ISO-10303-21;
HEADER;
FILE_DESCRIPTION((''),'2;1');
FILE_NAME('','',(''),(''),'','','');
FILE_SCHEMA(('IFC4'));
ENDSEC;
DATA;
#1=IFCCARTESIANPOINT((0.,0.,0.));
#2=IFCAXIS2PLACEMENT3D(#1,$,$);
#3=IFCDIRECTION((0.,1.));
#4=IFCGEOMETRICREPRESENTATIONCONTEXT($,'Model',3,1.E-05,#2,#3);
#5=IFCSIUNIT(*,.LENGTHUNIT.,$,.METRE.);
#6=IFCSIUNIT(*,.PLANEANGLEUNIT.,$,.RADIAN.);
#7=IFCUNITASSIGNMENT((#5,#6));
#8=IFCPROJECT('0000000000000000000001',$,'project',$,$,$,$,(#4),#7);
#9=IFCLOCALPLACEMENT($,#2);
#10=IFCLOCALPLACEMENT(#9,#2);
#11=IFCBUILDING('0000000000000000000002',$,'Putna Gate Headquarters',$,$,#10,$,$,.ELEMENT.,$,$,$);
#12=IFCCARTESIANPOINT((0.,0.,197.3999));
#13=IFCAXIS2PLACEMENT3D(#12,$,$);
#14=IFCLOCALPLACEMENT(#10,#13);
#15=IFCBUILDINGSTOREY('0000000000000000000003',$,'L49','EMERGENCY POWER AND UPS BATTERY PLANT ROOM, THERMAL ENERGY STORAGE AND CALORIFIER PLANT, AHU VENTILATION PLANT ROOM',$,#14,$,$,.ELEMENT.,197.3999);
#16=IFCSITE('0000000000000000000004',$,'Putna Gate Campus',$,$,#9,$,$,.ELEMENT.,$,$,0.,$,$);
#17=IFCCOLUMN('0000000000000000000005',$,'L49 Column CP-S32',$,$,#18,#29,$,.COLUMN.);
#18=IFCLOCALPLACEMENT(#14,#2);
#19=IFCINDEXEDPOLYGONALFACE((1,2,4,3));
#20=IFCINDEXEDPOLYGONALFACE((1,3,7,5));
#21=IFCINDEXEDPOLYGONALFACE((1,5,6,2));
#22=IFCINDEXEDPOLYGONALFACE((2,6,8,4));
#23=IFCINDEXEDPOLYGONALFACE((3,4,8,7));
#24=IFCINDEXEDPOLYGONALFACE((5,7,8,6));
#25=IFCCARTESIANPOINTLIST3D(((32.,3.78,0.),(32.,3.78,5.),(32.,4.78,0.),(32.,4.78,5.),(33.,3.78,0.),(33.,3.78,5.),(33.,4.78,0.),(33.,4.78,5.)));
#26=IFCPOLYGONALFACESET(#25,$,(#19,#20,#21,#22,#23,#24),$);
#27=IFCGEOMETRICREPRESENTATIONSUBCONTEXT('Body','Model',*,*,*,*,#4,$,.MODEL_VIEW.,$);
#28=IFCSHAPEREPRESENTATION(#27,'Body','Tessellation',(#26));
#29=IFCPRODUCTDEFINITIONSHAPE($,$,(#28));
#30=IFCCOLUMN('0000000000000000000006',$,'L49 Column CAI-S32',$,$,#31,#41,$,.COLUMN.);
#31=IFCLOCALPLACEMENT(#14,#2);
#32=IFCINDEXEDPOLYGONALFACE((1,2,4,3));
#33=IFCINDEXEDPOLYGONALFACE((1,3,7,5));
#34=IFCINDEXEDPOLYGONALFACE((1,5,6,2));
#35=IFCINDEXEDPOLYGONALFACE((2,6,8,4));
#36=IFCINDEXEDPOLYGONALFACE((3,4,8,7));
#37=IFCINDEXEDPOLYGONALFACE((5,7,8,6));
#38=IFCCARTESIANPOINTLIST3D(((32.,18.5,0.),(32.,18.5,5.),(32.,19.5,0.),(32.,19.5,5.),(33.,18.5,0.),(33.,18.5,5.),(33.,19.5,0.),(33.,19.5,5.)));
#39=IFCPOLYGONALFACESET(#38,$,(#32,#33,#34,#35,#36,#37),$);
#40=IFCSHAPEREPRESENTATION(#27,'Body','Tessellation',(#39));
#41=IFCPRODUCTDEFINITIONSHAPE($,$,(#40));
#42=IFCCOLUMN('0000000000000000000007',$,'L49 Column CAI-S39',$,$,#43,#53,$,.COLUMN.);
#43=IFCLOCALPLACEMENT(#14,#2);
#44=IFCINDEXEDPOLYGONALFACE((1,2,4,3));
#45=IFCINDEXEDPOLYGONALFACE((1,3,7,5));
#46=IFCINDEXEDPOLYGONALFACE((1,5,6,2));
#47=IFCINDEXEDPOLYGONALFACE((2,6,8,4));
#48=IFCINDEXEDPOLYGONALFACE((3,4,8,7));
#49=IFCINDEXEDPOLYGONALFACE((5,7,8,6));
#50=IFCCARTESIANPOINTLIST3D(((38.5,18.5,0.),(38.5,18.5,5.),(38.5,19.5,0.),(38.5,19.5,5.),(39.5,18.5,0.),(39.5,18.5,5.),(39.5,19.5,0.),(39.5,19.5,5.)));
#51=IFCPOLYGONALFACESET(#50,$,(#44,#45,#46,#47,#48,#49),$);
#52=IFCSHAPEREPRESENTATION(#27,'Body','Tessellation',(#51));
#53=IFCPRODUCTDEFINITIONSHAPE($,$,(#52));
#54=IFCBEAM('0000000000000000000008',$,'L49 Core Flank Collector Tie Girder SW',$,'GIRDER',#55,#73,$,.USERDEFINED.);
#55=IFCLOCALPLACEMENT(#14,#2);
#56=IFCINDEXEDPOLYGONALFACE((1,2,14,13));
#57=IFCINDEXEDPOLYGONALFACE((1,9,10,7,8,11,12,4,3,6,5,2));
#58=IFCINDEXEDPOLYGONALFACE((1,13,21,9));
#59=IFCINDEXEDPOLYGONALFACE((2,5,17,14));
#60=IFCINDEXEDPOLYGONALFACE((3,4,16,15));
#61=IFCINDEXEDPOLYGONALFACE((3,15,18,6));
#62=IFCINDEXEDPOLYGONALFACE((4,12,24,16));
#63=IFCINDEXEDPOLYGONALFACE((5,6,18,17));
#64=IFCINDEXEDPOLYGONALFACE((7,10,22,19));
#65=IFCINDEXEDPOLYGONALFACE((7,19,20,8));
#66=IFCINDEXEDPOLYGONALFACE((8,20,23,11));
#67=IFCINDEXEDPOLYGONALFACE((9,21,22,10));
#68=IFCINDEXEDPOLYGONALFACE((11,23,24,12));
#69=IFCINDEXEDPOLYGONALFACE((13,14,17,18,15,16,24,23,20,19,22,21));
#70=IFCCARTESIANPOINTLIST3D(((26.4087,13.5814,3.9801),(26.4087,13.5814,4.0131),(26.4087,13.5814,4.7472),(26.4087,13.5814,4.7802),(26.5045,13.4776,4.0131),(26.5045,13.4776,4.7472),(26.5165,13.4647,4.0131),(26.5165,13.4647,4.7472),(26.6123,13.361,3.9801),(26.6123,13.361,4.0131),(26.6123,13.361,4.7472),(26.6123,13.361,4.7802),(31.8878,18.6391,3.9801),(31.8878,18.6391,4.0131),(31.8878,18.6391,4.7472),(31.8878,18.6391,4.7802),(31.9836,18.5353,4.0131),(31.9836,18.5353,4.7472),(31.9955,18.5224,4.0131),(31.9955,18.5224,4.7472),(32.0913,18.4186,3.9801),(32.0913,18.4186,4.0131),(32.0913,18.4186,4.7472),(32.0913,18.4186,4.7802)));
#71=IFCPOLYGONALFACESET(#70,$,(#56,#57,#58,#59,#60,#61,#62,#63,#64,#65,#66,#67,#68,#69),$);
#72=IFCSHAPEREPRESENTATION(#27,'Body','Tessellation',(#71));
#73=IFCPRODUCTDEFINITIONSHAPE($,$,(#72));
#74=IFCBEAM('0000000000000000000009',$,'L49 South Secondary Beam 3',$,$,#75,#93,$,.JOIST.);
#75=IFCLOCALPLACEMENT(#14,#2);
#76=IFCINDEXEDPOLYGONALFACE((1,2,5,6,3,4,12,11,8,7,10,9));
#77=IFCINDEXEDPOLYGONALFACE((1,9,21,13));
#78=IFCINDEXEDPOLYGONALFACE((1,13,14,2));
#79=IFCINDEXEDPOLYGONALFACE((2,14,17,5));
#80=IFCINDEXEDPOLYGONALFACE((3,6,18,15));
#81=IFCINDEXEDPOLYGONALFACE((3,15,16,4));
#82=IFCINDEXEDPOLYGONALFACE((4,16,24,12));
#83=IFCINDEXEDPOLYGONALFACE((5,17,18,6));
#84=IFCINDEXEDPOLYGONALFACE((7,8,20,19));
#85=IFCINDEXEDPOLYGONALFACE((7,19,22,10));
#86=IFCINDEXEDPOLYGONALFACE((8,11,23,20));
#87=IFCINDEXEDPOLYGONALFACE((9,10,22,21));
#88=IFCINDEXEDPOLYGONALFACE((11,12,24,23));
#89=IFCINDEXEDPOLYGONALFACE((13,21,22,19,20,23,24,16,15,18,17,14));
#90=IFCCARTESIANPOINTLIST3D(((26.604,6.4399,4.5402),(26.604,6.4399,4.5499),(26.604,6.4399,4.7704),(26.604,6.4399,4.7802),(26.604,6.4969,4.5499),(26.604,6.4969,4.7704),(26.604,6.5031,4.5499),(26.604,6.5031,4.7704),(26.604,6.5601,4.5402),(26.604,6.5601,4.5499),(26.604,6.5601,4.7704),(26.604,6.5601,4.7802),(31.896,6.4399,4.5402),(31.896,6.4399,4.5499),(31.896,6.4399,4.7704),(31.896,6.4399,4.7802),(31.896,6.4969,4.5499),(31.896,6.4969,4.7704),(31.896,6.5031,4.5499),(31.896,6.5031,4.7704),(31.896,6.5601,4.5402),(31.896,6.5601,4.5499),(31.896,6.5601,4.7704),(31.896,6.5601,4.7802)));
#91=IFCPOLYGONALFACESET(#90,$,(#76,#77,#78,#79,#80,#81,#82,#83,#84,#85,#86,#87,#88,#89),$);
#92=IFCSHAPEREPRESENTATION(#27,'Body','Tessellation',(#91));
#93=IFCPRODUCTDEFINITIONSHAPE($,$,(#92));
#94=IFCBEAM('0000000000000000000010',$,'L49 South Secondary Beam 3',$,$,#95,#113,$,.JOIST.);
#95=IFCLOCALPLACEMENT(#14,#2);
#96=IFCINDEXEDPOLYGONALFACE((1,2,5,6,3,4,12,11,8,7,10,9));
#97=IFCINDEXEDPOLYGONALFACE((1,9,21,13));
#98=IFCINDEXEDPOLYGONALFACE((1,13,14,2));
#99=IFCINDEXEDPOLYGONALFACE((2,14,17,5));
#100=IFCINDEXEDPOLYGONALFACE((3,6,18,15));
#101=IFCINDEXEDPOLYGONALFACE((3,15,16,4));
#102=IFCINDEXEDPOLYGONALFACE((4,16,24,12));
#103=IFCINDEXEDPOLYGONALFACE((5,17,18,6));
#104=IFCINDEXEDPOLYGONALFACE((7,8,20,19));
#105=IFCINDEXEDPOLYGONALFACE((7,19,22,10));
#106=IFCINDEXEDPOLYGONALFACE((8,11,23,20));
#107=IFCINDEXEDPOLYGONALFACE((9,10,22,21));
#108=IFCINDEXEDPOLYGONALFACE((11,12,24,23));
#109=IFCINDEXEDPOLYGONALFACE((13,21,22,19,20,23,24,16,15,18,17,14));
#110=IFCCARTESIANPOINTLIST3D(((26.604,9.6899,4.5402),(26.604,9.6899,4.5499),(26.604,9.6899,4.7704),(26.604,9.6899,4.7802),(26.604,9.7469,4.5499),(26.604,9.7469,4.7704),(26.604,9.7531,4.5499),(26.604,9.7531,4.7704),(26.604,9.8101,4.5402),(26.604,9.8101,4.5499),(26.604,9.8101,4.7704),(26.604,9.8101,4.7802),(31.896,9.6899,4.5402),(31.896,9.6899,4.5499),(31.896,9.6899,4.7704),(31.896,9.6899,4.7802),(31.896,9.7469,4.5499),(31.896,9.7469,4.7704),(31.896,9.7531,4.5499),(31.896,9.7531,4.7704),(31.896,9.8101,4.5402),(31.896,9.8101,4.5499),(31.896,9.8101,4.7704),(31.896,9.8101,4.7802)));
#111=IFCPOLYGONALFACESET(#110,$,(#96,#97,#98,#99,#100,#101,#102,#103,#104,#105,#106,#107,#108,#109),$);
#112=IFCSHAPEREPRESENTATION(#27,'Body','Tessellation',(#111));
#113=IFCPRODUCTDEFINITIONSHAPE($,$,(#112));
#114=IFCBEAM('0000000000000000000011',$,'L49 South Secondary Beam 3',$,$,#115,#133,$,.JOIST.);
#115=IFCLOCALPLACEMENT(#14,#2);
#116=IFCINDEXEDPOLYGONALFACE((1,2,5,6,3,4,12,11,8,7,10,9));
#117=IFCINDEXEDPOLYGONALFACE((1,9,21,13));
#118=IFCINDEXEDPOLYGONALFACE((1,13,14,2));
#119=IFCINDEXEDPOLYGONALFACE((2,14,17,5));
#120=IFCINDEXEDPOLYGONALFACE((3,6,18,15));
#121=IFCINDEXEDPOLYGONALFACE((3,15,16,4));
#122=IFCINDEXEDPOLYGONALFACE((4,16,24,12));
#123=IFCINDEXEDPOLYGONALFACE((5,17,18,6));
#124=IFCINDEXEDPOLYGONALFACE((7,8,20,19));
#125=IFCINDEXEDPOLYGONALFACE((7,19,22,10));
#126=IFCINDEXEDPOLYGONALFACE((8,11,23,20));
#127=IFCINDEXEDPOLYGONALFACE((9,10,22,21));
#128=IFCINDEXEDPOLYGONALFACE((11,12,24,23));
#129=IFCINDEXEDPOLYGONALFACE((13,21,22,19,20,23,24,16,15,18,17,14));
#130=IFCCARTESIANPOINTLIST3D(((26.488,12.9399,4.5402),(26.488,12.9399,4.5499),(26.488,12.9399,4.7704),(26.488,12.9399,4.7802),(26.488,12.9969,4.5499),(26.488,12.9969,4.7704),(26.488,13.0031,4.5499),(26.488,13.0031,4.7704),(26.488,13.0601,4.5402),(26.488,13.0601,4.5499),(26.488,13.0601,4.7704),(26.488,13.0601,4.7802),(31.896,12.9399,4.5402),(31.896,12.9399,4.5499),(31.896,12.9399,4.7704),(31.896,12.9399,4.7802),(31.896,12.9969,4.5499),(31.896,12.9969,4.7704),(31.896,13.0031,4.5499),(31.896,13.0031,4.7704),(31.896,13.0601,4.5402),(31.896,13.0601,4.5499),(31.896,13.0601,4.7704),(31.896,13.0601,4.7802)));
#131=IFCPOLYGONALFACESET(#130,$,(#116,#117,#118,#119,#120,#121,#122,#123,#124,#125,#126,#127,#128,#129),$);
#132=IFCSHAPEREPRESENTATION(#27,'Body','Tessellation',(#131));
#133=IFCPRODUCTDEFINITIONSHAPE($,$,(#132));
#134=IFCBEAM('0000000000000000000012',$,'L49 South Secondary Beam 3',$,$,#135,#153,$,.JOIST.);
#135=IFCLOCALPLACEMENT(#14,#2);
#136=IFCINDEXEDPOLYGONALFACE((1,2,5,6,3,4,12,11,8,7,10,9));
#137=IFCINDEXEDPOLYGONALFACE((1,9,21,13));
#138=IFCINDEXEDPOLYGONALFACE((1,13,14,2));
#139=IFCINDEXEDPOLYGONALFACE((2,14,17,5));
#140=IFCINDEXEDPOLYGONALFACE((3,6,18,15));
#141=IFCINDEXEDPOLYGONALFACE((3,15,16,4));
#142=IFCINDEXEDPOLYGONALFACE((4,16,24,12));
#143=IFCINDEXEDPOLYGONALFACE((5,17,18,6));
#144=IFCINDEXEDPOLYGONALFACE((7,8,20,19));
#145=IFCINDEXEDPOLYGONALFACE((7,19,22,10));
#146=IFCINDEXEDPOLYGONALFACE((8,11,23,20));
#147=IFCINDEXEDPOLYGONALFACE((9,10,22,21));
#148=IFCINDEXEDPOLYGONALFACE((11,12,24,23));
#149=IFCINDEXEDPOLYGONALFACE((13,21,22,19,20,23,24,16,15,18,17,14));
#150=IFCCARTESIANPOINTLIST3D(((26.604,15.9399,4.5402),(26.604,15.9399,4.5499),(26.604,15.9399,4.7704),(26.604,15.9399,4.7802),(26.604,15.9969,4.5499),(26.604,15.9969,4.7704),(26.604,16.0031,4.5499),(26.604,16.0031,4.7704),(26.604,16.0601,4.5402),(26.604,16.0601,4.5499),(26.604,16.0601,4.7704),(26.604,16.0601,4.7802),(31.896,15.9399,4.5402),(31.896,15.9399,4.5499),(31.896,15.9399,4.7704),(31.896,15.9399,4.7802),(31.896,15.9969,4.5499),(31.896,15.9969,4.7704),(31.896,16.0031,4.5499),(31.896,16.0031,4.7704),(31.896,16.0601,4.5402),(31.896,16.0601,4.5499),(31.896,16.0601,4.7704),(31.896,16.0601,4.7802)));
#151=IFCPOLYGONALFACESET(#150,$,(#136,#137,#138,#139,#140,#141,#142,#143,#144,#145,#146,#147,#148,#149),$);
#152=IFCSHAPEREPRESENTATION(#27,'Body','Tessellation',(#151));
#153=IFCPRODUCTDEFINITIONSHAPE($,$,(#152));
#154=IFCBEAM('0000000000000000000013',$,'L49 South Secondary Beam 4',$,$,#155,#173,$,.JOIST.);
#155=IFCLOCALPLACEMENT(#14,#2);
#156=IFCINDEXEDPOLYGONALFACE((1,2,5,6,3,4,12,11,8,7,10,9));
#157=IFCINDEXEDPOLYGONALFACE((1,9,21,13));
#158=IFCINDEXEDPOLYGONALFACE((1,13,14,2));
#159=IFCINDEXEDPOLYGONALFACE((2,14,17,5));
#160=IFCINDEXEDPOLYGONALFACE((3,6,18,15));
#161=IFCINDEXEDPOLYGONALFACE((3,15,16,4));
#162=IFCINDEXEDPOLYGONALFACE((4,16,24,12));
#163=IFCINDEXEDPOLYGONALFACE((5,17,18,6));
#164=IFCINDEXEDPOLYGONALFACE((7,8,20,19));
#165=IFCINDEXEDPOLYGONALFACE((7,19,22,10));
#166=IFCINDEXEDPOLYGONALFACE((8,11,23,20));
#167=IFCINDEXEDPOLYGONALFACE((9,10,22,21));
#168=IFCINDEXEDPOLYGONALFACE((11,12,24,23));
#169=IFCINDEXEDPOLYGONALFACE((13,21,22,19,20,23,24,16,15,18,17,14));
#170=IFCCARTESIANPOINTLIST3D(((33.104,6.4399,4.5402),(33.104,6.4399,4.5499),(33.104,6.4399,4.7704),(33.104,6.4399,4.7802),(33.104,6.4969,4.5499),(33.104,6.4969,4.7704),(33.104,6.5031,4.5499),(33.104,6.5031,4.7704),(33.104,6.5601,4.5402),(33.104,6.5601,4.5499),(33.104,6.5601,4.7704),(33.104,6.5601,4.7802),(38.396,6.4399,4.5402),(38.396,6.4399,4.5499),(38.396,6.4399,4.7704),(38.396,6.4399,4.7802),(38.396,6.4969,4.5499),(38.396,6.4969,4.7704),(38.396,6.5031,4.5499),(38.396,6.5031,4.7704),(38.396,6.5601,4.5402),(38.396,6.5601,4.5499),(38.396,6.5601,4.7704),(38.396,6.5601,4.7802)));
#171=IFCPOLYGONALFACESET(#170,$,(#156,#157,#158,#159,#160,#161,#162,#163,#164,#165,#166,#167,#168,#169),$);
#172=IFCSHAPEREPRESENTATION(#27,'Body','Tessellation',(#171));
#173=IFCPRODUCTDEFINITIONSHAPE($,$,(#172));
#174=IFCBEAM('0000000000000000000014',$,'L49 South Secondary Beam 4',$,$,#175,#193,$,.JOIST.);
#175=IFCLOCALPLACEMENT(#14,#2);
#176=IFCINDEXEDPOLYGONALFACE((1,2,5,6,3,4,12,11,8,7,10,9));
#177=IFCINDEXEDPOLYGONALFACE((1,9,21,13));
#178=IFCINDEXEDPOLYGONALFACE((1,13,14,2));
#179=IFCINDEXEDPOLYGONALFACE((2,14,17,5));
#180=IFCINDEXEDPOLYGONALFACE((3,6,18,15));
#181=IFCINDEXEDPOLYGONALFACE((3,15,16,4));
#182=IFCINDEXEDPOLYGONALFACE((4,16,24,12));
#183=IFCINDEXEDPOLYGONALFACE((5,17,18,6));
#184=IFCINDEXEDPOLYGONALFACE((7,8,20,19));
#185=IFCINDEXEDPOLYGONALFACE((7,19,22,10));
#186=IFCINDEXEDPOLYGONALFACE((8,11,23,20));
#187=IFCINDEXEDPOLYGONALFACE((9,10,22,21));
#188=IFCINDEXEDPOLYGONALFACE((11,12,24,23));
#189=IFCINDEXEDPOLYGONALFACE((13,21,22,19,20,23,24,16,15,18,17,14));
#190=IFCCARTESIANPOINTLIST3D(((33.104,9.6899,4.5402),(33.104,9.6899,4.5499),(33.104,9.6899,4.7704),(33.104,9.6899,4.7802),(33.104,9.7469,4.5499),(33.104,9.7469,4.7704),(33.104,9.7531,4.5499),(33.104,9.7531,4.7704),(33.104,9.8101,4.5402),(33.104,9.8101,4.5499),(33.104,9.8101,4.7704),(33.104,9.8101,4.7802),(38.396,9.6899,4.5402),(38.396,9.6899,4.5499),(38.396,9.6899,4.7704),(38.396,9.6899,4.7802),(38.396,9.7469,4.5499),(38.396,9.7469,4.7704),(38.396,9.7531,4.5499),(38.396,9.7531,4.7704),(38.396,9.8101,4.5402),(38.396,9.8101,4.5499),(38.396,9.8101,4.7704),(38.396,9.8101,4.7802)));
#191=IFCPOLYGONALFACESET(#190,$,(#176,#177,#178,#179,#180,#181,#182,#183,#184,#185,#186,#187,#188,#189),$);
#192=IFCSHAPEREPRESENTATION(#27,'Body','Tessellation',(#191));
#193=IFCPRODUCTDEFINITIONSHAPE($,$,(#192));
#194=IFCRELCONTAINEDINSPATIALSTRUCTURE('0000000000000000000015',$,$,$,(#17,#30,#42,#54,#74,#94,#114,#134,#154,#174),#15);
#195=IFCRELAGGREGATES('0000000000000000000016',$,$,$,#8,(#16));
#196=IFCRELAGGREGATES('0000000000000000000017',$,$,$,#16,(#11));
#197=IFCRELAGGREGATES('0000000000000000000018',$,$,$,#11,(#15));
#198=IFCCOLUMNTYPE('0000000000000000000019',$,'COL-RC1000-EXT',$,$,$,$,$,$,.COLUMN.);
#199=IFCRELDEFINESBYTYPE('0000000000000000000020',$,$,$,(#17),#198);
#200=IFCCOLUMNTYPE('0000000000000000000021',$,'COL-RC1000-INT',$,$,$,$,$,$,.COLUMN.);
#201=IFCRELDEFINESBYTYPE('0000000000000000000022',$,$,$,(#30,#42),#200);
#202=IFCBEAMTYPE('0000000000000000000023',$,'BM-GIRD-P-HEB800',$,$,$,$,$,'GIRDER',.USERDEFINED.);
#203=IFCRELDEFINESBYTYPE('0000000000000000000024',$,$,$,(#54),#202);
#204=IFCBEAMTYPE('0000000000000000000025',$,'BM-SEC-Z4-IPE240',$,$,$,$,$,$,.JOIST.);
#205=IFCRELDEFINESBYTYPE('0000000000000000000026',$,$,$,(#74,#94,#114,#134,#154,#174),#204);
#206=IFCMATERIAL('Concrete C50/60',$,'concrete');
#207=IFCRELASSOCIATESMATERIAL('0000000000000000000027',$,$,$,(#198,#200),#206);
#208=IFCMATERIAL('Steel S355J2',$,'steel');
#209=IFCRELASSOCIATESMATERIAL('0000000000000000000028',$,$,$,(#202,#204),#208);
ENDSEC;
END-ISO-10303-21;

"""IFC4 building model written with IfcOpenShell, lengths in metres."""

from ifc_helpers import new_model, si_unit, direction, frame, origin, origin_2d, place, context, subcontext, project, spatial, rectangle, i_section, extrude, material, material_profile, profile_set, type_object, element, save


model = new_model("IFC4")

# Units and contexts
model_context = context("Model", 3, precision=1e-05, world=origin(), true_north=direction((0.0, 1.0)))
body_context = subcontext(model_context, "Body", "Model", "MODEL_VIEW")
ifc_project = project(units=[si_unit("LENGTHUNIT", "METRE"), si_unit("PLANEANGLEUNIT", "RADIAN")], contexts=[model_context])

# Site, building, storey
site_placement = place(None, origin())
site = spatial("IfcSite", under=ifc_project, at=site_placement, Name="Putna Gate Campus", CompositionType="ELEMENT", RefElevation=0.0)
building_placement = place(site_placement, origin())
building = spatial("IfcBuilding", under=site, at=building_placement, Name="Putna Gate Headquarters", CompositionType="ELEMENT")
storey_placement = place(building_placement, frame((0.0, 0.0, 197.3999)))
storey = spatial("IfcBuildingStorey", under=building, at=storey_placement, Name="L49", Description="EMERGENCY POWER AND UPS BATTERY PLANT ROOM, THERMAL ENERGY STORAGE AND CALORIFIER PLANT, AHU VENTILATION PLANT ROOM", CompositionType="ELEMENT", Elevation=197.3999)

# Columns
ifc_material_1 = material(Name="Concrete C50/60", Category="concrete")
ifc_material_profile_1 = material_profile(ifc_material_1, rectangle(XDim=1.0, YDim=1.0, at=origin_2d()), Name="Concrete C50/60")
ifc_profile_set_1 = profile_set([ifc_material_profile_1], Name="Concrete C50/60")
column_type_1 = type_object("IfcColumnType", Name="COL-RC1000-EXT", PredefinedType="COLUMN", material=ifc_profile_set_1)
column_placement = place(storey_placement, frame((32.5, 4.28, 0.0), z_axis=(0.0, 0.0, 1.0), x_axis=(1.0, 0.0, 0.0)))
element("IfcColumn", 1, at=column_placement, inside=storey, type_object=column_type_1, Name="L49 Column CP-S32", PredefinedType="COLUMN", context=body_context, shape_type="SweptSolid", body=[
    extrude(rectangle(XDim=1.0, YDim=1.0, at=origin_2d()), origin(), (0.0, 0.0, 1.0), 5.0),
])
ifc_material_profile_2 = material_profile(ifc_material_1, rectangle(XDim=1.0, YDim=1.0, at=origin_2d()), Name="Concrete C50/60")
ifc_profile_set_2 = profile_set([ifc_material_profile_2], Name="Concrete C50/60")
column_type_2 = type_object("IfcColumnType", Name="COL-RC1000-INT", PredefinedType="COLUMN", material=ifc_profile_set_2)
for number, where, z_axis, x_axis, name in (
    (2, (32.5, 19.0, 0.0), (0.0, 0.0, 1.0), (1.0, 0.0, 0.0), "L49 Column CAI-S32"),
    (3, (39.0, 19.0, 0.0), (0.0, 0.0, 1.0), (1.0, 0.0, 0.0), "L49 Column CAI-S39"),
):
    element("IfcColumn", number, at=place(storey_placement, frame(where, z_axis=z_axis, x_axis=x_axis)), inside=storey, type_object=column_type_2, Name=name, PredefinedType="COLUMN", context=body_context, shape_type="SweptSolid", body=[
        extrude(rectangle(XDim=1.0, YDim=1.0, at=origin_2d()), origin(), (0.0, 0.0, 1.0), 5.0),
    ])

# Beams
ifc_material_2 = material(Name="Steel S355J2", Category="steel")
ifc_material_profile_3 = material_profile(ifc_material_2, i_section(OverallWidth=0.3, OverallDepth=0.8, WebThickness=0.0176, FlangeThickness=0.033, at=origin_2d()), Name="Steel S355J2")
ifc_profile_set_3 = profile_set([ifc_material_profile_3], Name="Steel S355J2")
beam_type_1 = type_object("IfcBeamType", Name="BM-GIRD-P-HEB800", ElementType="GIRDER", PredefinedType="USERDEFINED", material=ifc_profile_set_3)
beam_1_placement = place(storey_placement, frame((26.5105, 13.4712, 4.3801), z_axis=(0.734798, 0.678286, 0.0), x_axis=(-0.678286, 0.734798, 0.0)))
element("IfcBeam", 4, at=beam_1_placement, inside=storey, type_object=beam_type_1, Name="L49 Core Flank Collector Tie Girder SW", ObjectType="GIRDER", PredefinedType="USERDEFINED", context=body_context, shape_type="SweptSolid", body=[
    extrude(i_section(OverallWidth=0.3, OverallDepth=0.8, WebThickness=0.0176, FlangeThickness=0.033, at=origin_2d()), origin(), (0.0, 0.0, 1.0), 7.4565),
])
ifc_material_profile_4 = material_profile(ifc_material_2, i_section(OverallWidth=0.1201, OverallDepth=0.24, WebThickness=0.0061, FlangeThickness=0.0098, at=origin_2d()), Name="Steel S355J2")
ifc_profile_set_4 = profile_set([ifc_material_profile_4], Name="Steel S355J2")
beam_type_2 = type_object("IfcBeamType", Name="BM-SEC-Z4-IPE240", PredefinedType="JOIST", material=ifc_profile_set_4)
for number, where, z_axis, x_axis, name in (
    (5, (26.604, 6.5, 4.6602), (1.0, 0.0, 0.0), (0.0, 1.0, 0.0), "L49 South Secondary Beam 3"),
    (6, (26.604, 9.75, 4.6602), (1.0, 0.0, 0.0), (0.0, 1.0, 0.0), "L49 South Secondary Beam 3"),
):
    element("IfcBeam", number, at=place(storey_placement, frame(where, z_axis=z_axis, x_axis=x_axis)), inside=storey, type_object=beam_type_2, Name=name, PredefinedType="JOIST", context=body_context, shape_type="SweptSolid", body=[
        extrude(i_section(OverallWidth=0.1201, OverallDepth=0.24, WebThickness=0.0061, FlangeThickness=0.0098, at=origin_2d()), origin(), (0.0, 0.0, 1.0), 5.292),
    ])
beam_2_placement = place(storey_placement, frame((26.488, 13.0, 4.6602), z_axis=(1.0, 0.0, 0.0), x_axis=(0.0, 1.0, 0.0)))
element("IfcBeam", 7, at=beam_2_placement, inside=storey, type_object=beam_type_2, Name="L49 South Secondary Beam 3", PredefinedType="JOIST", context=body_context, shape_type="SweptSolid", body=[
    extrude(i_section(OverallWidth=0.1201, OverallDepth=0.24, WebThickness=0.0061, FlangeThickness=0.0098, at=origin_2d()), origin(), (0.0, 0.0, 1.0), 5.408),
])
for number, where, z_axis, x_axis, name in (
    (8, (26.604, 16.0, 4.6602), (1.0, 0.0, 0.0), (0.0, 1.0, 0.0), "L49 South Secondary Beam 3"),
    (9, (33.104, 6.5, 4.6602), (1.0, 0.0, 0.0), (0.0, 1.0, 0.0), "L49 South Secondary Beam 4"),
    (10, (33.104, 9.75, 4.6602), (1.0, 0.0, 0.0), (0.0, 1.0, 0.0), "L49 South Secondary Beam 4"),
):
    element("IfcBeam", number, at=place(storey_placement, frame(where, z_axis=z_axis, x_axis=x_axis)), inside=storey, type_object=beam_type_2, Name=name, PredefinedType="JOIST", context=body_context, shape_type="SweptSolid", body=[
        extrude(i_section(OverallWidth=0.1201, OverallDepth=0.24, WebThickness=0.0061, FlangeThickness=0.0098, at=origin_2d()), origin(), (0.0, 0.0, 1.0), 5.292),
    ])

save(model, "model.ifc")
